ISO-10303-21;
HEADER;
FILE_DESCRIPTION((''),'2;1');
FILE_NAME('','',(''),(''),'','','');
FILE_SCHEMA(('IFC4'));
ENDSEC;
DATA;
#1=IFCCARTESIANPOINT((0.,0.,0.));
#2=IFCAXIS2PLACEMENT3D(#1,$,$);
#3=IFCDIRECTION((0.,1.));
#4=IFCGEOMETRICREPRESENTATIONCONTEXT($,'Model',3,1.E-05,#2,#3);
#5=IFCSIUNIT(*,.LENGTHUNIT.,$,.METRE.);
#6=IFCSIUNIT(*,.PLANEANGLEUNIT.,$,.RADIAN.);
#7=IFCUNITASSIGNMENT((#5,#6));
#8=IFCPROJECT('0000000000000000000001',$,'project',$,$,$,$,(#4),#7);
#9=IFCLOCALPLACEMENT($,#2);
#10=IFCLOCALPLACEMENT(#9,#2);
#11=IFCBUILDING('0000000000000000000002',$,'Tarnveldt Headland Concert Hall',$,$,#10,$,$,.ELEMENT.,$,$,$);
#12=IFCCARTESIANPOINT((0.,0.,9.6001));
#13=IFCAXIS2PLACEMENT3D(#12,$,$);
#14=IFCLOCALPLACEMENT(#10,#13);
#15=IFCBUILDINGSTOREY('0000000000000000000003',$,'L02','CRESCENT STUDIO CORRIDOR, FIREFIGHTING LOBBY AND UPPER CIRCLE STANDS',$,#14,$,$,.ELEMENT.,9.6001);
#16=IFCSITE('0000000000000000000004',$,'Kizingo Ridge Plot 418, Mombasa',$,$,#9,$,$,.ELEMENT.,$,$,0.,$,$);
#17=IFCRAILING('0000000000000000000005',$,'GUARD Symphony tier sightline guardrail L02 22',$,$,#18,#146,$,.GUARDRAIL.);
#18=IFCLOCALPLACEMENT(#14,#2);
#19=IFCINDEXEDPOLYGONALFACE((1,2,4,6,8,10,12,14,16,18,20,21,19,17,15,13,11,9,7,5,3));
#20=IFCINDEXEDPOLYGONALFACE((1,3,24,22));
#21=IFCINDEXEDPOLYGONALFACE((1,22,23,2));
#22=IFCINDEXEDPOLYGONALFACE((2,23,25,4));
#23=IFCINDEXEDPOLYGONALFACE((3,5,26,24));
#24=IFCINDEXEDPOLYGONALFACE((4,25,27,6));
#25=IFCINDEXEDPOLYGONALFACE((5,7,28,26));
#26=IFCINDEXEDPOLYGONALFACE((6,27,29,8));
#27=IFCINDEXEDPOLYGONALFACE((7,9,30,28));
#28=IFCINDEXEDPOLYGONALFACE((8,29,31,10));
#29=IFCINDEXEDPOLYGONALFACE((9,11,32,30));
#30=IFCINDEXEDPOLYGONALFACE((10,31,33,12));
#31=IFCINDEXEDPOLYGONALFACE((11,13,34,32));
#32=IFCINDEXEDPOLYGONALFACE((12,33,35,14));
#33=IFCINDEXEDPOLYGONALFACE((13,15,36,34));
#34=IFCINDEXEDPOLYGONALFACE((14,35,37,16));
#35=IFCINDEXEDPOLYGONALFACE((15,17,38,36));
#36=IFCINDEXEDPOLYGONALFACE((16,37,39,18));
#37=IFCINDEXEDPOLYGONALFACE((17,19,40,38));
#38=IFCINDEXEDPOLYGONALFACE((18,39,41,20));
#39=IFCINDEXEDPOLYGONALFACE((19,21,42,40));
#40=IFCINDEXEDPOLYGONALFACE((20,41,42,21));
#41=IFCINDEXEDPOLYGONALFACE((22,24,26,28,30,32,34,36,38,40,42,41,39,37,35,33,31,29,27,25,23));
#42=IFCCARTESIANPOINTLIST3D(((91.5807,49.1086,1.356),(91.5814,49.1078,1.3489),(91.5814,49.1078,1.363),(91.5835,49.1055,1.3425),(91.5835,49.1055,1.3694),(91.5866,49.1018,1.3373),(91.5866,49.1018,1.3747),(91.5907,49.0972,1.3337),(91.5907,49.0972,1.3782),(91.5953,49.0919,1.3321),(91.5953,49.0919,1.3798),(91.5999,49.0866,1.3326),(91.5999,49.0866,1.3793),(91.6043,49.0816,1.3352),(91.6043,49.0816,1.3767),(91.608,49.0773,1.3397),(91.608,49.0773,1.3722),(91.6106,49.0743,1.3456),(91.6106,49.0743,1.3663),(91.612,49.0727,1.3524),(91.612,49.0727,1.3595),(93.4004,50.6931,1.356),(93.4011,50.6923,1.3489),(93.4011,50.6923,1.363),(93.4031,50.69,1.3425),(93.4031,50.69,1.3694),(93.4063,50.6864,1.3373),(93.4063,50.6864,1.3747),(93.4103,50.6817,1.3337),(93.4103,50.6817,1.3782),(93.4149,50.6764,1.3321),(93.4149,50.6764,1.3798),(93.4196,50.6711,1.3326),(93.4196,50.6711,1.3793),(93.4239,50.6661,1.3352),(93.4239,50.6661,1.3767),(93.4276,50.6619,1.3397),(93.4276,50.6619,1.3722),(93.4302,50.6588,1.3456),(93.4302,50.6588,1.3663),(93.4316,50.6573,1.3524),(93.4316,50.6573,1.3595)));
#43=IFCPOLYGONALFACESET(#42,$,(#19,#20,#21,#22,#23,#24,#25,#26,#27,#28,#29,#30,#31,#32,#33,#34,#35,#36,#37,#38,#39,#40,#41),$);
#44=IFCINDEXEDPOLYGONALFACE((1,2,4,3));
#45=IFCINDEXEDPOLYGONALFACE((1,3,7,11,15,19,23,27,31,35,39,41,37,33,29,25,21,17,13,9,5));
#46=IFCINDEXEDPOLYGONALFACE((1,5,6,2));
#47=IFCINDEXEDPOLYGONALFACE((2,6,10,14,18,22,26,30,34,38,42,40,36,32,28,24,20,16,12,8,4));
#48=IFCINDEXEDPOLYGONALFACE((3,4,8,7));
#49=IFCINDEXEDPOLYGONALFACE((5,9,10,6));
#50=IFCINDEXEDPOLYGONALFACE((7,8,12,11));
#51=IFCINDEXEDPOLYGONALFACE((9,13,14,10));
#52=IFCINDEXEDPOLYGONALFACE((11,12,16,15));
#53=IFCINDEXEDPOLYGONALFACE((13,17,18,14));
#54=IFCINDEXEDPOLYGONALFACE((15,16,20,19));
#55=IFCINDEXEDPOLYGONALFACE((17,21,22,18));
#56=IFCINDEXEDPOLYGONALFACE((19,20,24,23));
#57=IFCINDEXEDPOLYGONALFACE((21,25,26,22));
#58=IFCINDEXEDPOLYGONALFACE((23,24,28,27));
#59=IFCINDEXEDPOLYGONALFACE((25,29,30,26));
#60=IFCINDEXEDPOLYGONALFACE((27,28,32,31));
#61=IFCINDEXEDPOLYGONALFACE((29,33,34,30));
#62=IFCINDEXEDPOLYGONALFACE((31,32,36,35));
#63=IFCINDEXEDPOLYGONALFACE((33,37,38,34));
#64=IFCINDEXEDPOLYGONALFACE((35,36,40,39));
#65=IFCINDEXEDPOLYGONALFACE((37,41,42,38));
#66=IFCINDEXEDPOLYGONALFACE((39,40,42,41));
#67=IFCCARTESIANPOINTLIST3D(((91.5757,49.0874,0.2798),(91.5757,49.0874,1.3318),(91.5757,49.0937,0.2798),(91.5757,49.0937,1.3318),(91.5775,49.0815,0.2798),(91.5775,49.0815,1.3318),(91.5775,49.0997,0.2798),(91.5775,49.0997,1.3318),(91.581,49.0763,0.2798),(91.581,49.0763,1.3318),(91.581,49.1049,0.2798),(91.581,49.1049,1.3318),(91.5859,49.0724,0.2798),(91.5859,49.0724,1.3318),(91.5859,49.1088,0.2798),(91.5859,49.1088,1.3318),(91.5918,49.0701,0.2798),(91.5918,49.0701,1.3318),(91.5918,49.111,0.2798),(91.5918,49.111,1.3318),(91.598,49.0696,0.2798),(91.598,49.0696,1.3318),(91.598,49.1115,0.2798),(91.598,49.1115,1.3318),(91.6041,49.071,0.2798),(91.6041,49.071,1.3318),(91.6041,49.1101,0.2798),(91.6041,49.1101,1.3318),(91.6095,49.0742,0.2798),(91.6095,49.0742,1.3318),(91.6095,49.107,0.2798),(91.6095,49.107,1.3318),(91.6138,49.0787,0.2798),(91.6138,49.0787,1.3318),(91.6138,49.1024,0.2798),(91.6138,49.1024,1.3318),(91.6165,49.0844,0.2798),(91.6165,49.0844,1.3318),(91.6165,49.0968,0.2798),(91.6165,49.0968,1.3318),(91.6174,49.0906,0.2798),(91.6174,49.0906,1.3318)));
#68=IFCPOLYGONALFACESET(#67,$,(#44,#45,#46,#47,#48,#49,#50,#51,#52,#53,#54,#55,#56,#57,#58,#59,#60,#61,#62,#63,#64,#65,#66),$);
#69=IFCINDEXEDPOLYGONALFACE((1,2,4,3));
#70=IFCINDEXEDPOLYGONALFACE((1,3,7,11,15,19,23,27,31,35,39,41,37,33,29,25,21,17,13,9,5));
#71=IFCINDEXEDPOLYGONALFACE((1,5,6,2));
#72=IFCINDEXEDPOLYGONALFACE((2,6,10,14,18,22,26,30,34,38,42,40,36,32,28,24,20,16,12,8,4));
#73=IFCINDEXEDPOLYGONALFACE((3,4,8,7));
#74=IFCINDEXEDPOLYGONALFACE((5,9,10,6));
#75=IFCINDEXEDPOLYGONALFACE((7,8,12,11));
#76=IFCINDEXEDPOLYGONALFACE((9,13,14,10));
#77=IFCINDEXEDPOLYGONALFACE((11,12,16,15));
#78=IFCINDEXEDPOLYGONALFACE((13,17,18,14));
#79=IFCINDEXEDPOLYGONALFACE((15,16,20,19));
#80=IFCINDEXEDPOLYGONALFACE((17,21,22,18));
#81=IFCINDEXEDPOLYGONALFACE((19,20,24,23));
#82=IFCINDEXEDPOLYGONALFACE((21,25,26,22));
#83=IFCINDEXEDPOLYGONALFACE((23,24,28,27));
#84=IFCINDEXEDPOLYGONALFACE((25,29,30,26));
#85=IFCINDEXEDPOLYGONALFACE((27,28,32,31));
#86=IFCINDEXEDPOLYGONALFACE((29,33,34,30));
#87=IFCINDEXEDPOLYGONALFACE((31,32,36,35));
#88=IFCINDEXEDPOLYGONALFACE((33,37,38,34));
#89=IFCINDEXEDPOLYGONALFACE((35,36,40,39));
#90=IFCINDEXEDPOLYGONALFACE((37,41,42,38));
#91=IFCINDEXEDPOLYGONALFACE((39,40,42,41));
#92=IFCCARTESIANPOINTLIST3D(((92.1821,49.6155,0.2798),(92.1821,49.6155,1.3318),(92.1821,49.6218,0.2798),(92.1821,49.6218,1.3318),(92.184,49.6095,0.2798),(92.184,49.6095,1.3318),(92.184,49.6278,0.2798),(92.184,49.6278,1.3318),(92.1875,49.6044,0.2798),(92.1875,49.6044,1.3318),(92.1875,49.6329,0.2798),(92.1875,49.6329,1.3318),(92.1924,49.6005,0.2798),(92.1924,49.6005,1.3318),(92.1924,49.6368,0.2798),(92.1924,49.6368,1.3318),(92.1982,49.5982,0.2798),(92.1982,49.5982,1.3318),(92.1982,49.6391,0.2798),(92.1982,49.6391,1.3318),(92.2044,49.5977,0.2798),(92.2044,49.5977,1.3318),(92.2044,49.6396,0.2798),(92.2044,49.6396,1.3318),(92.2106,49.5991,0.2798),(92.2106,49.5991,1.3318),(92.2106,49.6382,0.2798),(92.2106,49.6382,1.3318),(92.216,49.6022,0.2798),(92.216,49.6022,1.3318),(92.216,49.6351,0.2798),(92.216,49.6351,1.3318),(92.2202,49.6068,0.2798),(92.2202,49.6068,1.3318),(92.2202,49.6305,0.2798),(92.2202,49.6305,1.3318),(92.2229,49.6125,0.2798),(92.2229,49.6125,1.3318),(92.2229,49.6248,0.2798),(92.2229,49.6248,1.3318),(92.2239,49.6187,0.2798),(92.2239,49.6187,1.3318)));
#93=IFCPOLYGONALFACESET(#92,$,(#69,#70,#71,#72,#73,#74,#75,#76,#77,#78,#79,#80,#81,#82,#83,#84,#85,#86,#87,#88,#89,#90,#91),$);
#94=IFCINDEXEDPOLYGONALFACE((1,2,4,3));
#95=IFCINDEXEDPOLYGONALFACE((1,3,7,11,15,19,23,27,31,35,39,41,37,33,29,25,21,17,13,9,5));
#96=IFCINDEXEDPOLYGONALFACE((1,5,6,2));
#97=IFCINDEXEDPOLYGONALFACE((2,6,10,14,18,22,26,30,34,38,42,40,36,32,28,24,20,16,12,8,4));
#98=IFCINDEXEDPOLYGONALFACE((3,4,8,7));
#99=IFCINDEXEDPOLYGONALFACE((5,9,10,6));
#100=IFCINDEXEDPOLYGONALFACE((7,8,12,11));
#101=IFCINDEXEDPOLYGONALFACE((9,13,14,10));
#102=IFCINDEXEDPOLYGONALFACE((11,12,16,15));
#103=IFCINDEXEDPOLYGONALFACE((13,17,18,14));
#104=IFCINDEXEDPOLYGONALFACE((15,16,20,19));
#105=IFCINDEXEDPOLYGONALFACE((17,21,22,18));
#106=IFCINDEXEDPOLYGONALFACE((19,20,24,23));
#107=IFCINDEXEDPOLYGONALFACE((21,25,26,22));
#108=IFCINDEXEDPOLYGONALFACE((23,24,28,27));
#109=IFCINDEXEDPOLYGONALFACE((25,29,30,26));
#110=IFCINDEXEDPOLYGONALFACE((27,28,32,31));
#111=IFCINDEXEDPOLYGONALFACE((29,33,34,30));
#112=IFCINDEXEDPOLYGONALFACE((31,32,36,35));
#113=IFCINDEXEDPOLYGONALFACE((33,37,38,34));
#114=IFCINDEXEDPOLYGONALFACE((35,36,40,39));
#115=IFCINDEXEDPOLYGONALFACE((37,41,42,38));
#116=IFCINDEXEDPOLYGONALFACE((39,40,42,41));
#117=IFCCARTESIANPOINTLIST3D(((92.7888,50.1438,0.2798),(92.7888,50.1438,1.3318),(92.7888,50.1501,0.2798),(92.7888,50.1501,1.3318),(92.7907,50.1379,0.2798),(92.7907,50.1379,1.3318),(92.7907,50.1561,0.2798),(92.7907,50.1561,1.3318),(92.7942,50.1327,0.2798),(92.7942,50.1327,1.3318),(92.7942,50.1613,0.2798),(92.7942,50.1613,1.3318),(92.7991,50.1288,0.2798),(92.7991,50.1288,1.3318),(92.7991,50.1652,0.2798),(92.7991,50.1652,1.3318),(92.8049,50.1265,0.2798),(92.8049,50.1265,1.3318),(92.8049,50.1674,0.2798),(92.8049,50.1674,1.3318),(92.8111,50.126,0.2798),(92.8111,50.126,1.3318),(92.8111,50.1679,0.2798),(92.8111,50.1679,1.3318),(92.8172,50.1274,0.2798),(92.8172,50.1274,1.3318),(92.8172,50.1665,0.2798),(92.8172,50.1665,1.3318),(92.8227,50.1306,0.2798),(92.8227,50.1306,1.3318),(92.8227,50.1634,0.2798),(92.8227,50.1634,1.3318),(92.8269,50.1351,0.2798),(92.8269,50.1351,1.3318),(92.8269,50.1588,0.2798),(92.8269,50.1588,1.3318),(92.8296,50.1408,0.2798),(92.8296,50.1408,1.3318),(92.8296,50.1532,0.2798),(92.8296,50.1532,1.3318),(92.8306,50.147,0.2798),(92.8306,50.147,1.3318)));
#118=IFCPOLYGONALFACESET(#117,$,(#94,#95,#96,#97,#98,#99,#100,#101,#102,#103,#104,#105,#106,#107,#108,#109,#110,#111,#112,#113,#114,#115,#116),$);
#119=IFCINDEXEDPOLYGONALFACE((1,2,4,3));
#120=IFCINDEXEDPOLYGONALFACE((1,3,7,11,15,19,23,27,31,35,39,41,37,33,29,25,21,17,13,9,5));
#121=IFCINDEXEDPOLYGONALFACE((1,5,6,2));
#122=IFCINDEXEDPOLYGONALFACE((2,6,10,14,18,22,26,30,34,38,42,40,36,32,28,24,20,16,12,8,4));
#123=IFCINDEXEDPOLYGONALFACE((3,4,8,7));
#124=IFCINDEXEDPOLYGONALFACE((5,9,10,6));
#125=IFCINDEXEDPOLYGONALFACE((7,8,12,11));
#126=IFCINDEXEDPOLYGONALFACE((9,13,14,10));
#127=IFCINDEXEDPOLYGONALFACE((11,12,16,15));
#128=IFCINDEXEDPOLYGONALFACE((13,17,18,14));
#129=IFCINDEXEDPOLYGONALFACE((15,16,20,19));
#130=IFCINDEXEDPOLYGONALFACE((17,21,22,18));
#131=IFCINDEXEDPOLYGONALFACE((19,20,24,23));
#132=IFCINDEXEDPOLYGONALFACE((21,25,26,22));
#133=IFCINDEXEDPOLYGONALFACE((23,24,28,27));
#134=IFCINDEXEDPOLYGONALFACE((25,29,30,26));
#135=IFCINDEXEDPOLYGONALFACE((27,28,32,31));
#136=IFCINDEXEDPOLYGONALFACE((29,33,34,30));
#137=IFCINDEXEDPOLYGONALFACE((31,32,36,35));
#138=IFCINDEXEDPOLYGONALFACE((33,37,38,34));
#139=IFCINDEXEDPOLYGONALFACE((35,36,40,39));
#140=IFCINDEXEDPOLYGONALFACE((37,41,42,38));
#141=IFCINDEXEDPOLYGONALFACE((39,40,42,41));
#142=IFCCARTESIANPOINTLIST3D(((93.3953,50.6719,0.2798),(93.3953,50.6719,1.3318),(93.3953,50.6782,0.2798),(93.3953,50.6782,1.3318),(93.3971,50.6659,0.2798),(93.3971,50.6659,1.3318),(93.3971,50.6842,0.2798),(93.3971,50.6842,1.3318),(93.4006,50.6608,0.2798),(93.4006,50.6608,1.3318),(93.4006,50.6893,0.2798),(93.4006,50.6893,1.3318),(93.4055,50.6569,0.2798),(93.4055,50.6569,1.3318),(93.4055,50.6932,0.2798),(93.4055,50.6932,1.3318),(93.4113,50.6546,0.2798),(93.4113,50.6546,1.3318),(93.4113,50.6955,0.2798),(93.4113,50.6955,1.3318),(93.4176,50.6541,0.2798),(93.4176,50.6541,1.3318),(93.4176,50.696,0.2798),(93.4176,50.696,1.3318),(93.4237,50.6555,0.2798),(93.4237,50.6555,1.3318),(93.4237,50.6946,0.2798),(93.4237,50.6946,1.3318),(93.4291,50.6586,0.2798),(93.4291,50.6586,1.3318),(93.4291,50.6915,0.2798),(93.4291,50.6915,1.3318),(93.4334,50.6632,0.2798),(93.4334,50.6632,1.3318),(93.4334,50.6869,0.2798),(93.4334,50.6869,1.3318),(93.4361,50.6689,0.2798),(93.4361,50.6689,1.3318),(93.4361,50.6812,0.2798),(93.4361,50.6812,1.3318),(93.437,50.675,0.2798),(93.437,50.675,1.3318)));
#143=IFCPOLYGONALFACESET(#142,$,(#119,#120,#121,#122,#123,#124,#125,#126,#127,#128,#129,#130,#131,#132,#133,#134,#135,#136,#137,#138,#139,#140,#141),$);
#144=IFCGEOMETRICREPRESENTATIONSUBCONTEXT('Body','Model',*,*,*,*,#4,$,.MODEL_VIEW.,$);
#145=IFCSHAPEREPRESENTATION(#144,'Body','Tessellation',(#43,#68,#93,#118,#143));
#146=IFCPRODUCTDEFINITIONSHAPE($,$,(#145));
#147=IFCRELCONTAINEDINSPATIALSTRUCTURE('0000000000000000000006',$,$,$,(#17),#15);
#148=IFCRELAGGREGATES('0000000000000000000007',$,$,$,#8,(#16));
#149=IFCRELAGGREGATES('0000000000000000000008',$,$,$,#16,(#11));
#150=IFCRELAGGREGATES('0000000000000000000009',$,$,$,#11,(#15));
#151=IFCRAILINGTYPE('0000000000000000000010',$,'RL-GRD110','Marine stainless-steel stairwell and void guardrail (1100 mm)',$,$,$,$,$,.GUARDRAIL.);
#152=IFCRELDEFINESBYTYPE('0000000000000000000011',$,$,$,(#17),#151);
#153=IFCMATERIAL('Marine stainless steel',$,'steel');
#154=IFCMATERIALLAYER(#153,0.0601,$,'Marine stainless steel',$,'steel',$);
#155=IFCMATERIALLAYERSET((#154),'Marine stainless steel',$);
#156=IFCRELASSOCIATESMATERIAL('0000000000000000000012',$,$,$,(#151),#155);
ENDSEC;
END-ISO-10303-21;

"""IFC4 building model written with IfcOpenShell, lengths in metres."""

from ifc_helpers import new_model, si_unit, direction, frame, origin, origin_2d, place, context, subcontext, project, spatial, circle, extrude, material, layer, layer_set, type_object, element, save


model = new_model("IFC4")

# Units and contexts
model_context = context("Model", 3, precision=1e-05, world=origin(), true_north=direction((0.0, 1.0)))
body_context = subcontext(model_context, "Body", "Model", "MODEL_VIEW")
ifc_project = project(units=[si_unit("LENGTHUNIT", "METRE"), si_unit("PLANEANGLEUNIT", "RADIAN")], contexts=[model_context])

# Site, building, storey
site_placement = place(None, origin())
site = spatial("IfcSite", under=ifc_project, at=site_placement, Name="Kizingo Ridge Plot 418, Mombasa", CompositionType="ELEMENT", RefElevation=0.0)
building_placement = place(site_placement, origin())
building = spatial("IfcBuilding", under=site, at=building_placement, Name="Tarnveldt Headland Concert Hall", CompositionType="ELEMENT")
storey_placement = place(building_placement, frame((0.0, 0.0, 9.6001)))
storey = spatial("IfcBuildingStorey", under=building, at=storey_placement, Name="L02", Description="CRESCENT STUDIO CORRIDOR, FIREFIGHTING LOBBY AND UPPER CIRCLE STANDS", CompositionType="ELEMENT", Elevation=9.6001)

# Railing
ifc_material_1 = material(Name="Marine stainless steel", Category="steel")
ifc_layer = layer(ifc_material_1, 0.0601, Name="Marine stainless steel", Category="steel")
ifc_layer_set = layer_set([ifc_layer], Name="Marine stainless steel")
railing_type = type_object("IfcRailingType", Name="RL-GRD110", Description="Marine stainless-steel stairwell and void guardrail (1100 mm)", PredefinedType="GUARDRAIL", material=ifc_layer_set)
railing_1_placement = place(storey_placement, frame((91.5964, 49.0906, 0.2798)))
element("IfcRailing", 1, at=railing_1_placement, inside=storey, type_object=railing_type, Name="GUARD Symphony tier sightline guardrail L02 22", PredefinedType="GUARDRAIL", context=body_context, shape_type="SweptSolid", body=[
    extrude(circle(Radius=0.0239, at=origin_2d()), frame((0.0, 0.0, 1.0762), z_axis=(0.754148, 0.656705, 0.0), x_axis=(-0.656705, 0.754148, 0.0)), (0.0, 0.0, 1.0), 2.4128),
    extrude(circle(Radius=0.021, at=origin_2d()), origin(), (0.0, 0.0, 1.0), 1.052),
    extrude(circle(Radius=0.021, at=origin_2d()), frame((0.6064, 0.5281, 0.0)), (0.0, 0.0, 1.0), 1.052),
    extrude(circle(Radius=0.021, at=origin_2d()), frame((1.2131, 1.0564, 0.0)), (0.0, 0.0, 1.0), 1.052),
    extrude(circle(Radius=0.021, at=origin_2d()), frame((1.8196, 1.5845, 0.0)), (0.0, 0.0, 1.0), 1.052),
])

save(model, "model.ifc")
